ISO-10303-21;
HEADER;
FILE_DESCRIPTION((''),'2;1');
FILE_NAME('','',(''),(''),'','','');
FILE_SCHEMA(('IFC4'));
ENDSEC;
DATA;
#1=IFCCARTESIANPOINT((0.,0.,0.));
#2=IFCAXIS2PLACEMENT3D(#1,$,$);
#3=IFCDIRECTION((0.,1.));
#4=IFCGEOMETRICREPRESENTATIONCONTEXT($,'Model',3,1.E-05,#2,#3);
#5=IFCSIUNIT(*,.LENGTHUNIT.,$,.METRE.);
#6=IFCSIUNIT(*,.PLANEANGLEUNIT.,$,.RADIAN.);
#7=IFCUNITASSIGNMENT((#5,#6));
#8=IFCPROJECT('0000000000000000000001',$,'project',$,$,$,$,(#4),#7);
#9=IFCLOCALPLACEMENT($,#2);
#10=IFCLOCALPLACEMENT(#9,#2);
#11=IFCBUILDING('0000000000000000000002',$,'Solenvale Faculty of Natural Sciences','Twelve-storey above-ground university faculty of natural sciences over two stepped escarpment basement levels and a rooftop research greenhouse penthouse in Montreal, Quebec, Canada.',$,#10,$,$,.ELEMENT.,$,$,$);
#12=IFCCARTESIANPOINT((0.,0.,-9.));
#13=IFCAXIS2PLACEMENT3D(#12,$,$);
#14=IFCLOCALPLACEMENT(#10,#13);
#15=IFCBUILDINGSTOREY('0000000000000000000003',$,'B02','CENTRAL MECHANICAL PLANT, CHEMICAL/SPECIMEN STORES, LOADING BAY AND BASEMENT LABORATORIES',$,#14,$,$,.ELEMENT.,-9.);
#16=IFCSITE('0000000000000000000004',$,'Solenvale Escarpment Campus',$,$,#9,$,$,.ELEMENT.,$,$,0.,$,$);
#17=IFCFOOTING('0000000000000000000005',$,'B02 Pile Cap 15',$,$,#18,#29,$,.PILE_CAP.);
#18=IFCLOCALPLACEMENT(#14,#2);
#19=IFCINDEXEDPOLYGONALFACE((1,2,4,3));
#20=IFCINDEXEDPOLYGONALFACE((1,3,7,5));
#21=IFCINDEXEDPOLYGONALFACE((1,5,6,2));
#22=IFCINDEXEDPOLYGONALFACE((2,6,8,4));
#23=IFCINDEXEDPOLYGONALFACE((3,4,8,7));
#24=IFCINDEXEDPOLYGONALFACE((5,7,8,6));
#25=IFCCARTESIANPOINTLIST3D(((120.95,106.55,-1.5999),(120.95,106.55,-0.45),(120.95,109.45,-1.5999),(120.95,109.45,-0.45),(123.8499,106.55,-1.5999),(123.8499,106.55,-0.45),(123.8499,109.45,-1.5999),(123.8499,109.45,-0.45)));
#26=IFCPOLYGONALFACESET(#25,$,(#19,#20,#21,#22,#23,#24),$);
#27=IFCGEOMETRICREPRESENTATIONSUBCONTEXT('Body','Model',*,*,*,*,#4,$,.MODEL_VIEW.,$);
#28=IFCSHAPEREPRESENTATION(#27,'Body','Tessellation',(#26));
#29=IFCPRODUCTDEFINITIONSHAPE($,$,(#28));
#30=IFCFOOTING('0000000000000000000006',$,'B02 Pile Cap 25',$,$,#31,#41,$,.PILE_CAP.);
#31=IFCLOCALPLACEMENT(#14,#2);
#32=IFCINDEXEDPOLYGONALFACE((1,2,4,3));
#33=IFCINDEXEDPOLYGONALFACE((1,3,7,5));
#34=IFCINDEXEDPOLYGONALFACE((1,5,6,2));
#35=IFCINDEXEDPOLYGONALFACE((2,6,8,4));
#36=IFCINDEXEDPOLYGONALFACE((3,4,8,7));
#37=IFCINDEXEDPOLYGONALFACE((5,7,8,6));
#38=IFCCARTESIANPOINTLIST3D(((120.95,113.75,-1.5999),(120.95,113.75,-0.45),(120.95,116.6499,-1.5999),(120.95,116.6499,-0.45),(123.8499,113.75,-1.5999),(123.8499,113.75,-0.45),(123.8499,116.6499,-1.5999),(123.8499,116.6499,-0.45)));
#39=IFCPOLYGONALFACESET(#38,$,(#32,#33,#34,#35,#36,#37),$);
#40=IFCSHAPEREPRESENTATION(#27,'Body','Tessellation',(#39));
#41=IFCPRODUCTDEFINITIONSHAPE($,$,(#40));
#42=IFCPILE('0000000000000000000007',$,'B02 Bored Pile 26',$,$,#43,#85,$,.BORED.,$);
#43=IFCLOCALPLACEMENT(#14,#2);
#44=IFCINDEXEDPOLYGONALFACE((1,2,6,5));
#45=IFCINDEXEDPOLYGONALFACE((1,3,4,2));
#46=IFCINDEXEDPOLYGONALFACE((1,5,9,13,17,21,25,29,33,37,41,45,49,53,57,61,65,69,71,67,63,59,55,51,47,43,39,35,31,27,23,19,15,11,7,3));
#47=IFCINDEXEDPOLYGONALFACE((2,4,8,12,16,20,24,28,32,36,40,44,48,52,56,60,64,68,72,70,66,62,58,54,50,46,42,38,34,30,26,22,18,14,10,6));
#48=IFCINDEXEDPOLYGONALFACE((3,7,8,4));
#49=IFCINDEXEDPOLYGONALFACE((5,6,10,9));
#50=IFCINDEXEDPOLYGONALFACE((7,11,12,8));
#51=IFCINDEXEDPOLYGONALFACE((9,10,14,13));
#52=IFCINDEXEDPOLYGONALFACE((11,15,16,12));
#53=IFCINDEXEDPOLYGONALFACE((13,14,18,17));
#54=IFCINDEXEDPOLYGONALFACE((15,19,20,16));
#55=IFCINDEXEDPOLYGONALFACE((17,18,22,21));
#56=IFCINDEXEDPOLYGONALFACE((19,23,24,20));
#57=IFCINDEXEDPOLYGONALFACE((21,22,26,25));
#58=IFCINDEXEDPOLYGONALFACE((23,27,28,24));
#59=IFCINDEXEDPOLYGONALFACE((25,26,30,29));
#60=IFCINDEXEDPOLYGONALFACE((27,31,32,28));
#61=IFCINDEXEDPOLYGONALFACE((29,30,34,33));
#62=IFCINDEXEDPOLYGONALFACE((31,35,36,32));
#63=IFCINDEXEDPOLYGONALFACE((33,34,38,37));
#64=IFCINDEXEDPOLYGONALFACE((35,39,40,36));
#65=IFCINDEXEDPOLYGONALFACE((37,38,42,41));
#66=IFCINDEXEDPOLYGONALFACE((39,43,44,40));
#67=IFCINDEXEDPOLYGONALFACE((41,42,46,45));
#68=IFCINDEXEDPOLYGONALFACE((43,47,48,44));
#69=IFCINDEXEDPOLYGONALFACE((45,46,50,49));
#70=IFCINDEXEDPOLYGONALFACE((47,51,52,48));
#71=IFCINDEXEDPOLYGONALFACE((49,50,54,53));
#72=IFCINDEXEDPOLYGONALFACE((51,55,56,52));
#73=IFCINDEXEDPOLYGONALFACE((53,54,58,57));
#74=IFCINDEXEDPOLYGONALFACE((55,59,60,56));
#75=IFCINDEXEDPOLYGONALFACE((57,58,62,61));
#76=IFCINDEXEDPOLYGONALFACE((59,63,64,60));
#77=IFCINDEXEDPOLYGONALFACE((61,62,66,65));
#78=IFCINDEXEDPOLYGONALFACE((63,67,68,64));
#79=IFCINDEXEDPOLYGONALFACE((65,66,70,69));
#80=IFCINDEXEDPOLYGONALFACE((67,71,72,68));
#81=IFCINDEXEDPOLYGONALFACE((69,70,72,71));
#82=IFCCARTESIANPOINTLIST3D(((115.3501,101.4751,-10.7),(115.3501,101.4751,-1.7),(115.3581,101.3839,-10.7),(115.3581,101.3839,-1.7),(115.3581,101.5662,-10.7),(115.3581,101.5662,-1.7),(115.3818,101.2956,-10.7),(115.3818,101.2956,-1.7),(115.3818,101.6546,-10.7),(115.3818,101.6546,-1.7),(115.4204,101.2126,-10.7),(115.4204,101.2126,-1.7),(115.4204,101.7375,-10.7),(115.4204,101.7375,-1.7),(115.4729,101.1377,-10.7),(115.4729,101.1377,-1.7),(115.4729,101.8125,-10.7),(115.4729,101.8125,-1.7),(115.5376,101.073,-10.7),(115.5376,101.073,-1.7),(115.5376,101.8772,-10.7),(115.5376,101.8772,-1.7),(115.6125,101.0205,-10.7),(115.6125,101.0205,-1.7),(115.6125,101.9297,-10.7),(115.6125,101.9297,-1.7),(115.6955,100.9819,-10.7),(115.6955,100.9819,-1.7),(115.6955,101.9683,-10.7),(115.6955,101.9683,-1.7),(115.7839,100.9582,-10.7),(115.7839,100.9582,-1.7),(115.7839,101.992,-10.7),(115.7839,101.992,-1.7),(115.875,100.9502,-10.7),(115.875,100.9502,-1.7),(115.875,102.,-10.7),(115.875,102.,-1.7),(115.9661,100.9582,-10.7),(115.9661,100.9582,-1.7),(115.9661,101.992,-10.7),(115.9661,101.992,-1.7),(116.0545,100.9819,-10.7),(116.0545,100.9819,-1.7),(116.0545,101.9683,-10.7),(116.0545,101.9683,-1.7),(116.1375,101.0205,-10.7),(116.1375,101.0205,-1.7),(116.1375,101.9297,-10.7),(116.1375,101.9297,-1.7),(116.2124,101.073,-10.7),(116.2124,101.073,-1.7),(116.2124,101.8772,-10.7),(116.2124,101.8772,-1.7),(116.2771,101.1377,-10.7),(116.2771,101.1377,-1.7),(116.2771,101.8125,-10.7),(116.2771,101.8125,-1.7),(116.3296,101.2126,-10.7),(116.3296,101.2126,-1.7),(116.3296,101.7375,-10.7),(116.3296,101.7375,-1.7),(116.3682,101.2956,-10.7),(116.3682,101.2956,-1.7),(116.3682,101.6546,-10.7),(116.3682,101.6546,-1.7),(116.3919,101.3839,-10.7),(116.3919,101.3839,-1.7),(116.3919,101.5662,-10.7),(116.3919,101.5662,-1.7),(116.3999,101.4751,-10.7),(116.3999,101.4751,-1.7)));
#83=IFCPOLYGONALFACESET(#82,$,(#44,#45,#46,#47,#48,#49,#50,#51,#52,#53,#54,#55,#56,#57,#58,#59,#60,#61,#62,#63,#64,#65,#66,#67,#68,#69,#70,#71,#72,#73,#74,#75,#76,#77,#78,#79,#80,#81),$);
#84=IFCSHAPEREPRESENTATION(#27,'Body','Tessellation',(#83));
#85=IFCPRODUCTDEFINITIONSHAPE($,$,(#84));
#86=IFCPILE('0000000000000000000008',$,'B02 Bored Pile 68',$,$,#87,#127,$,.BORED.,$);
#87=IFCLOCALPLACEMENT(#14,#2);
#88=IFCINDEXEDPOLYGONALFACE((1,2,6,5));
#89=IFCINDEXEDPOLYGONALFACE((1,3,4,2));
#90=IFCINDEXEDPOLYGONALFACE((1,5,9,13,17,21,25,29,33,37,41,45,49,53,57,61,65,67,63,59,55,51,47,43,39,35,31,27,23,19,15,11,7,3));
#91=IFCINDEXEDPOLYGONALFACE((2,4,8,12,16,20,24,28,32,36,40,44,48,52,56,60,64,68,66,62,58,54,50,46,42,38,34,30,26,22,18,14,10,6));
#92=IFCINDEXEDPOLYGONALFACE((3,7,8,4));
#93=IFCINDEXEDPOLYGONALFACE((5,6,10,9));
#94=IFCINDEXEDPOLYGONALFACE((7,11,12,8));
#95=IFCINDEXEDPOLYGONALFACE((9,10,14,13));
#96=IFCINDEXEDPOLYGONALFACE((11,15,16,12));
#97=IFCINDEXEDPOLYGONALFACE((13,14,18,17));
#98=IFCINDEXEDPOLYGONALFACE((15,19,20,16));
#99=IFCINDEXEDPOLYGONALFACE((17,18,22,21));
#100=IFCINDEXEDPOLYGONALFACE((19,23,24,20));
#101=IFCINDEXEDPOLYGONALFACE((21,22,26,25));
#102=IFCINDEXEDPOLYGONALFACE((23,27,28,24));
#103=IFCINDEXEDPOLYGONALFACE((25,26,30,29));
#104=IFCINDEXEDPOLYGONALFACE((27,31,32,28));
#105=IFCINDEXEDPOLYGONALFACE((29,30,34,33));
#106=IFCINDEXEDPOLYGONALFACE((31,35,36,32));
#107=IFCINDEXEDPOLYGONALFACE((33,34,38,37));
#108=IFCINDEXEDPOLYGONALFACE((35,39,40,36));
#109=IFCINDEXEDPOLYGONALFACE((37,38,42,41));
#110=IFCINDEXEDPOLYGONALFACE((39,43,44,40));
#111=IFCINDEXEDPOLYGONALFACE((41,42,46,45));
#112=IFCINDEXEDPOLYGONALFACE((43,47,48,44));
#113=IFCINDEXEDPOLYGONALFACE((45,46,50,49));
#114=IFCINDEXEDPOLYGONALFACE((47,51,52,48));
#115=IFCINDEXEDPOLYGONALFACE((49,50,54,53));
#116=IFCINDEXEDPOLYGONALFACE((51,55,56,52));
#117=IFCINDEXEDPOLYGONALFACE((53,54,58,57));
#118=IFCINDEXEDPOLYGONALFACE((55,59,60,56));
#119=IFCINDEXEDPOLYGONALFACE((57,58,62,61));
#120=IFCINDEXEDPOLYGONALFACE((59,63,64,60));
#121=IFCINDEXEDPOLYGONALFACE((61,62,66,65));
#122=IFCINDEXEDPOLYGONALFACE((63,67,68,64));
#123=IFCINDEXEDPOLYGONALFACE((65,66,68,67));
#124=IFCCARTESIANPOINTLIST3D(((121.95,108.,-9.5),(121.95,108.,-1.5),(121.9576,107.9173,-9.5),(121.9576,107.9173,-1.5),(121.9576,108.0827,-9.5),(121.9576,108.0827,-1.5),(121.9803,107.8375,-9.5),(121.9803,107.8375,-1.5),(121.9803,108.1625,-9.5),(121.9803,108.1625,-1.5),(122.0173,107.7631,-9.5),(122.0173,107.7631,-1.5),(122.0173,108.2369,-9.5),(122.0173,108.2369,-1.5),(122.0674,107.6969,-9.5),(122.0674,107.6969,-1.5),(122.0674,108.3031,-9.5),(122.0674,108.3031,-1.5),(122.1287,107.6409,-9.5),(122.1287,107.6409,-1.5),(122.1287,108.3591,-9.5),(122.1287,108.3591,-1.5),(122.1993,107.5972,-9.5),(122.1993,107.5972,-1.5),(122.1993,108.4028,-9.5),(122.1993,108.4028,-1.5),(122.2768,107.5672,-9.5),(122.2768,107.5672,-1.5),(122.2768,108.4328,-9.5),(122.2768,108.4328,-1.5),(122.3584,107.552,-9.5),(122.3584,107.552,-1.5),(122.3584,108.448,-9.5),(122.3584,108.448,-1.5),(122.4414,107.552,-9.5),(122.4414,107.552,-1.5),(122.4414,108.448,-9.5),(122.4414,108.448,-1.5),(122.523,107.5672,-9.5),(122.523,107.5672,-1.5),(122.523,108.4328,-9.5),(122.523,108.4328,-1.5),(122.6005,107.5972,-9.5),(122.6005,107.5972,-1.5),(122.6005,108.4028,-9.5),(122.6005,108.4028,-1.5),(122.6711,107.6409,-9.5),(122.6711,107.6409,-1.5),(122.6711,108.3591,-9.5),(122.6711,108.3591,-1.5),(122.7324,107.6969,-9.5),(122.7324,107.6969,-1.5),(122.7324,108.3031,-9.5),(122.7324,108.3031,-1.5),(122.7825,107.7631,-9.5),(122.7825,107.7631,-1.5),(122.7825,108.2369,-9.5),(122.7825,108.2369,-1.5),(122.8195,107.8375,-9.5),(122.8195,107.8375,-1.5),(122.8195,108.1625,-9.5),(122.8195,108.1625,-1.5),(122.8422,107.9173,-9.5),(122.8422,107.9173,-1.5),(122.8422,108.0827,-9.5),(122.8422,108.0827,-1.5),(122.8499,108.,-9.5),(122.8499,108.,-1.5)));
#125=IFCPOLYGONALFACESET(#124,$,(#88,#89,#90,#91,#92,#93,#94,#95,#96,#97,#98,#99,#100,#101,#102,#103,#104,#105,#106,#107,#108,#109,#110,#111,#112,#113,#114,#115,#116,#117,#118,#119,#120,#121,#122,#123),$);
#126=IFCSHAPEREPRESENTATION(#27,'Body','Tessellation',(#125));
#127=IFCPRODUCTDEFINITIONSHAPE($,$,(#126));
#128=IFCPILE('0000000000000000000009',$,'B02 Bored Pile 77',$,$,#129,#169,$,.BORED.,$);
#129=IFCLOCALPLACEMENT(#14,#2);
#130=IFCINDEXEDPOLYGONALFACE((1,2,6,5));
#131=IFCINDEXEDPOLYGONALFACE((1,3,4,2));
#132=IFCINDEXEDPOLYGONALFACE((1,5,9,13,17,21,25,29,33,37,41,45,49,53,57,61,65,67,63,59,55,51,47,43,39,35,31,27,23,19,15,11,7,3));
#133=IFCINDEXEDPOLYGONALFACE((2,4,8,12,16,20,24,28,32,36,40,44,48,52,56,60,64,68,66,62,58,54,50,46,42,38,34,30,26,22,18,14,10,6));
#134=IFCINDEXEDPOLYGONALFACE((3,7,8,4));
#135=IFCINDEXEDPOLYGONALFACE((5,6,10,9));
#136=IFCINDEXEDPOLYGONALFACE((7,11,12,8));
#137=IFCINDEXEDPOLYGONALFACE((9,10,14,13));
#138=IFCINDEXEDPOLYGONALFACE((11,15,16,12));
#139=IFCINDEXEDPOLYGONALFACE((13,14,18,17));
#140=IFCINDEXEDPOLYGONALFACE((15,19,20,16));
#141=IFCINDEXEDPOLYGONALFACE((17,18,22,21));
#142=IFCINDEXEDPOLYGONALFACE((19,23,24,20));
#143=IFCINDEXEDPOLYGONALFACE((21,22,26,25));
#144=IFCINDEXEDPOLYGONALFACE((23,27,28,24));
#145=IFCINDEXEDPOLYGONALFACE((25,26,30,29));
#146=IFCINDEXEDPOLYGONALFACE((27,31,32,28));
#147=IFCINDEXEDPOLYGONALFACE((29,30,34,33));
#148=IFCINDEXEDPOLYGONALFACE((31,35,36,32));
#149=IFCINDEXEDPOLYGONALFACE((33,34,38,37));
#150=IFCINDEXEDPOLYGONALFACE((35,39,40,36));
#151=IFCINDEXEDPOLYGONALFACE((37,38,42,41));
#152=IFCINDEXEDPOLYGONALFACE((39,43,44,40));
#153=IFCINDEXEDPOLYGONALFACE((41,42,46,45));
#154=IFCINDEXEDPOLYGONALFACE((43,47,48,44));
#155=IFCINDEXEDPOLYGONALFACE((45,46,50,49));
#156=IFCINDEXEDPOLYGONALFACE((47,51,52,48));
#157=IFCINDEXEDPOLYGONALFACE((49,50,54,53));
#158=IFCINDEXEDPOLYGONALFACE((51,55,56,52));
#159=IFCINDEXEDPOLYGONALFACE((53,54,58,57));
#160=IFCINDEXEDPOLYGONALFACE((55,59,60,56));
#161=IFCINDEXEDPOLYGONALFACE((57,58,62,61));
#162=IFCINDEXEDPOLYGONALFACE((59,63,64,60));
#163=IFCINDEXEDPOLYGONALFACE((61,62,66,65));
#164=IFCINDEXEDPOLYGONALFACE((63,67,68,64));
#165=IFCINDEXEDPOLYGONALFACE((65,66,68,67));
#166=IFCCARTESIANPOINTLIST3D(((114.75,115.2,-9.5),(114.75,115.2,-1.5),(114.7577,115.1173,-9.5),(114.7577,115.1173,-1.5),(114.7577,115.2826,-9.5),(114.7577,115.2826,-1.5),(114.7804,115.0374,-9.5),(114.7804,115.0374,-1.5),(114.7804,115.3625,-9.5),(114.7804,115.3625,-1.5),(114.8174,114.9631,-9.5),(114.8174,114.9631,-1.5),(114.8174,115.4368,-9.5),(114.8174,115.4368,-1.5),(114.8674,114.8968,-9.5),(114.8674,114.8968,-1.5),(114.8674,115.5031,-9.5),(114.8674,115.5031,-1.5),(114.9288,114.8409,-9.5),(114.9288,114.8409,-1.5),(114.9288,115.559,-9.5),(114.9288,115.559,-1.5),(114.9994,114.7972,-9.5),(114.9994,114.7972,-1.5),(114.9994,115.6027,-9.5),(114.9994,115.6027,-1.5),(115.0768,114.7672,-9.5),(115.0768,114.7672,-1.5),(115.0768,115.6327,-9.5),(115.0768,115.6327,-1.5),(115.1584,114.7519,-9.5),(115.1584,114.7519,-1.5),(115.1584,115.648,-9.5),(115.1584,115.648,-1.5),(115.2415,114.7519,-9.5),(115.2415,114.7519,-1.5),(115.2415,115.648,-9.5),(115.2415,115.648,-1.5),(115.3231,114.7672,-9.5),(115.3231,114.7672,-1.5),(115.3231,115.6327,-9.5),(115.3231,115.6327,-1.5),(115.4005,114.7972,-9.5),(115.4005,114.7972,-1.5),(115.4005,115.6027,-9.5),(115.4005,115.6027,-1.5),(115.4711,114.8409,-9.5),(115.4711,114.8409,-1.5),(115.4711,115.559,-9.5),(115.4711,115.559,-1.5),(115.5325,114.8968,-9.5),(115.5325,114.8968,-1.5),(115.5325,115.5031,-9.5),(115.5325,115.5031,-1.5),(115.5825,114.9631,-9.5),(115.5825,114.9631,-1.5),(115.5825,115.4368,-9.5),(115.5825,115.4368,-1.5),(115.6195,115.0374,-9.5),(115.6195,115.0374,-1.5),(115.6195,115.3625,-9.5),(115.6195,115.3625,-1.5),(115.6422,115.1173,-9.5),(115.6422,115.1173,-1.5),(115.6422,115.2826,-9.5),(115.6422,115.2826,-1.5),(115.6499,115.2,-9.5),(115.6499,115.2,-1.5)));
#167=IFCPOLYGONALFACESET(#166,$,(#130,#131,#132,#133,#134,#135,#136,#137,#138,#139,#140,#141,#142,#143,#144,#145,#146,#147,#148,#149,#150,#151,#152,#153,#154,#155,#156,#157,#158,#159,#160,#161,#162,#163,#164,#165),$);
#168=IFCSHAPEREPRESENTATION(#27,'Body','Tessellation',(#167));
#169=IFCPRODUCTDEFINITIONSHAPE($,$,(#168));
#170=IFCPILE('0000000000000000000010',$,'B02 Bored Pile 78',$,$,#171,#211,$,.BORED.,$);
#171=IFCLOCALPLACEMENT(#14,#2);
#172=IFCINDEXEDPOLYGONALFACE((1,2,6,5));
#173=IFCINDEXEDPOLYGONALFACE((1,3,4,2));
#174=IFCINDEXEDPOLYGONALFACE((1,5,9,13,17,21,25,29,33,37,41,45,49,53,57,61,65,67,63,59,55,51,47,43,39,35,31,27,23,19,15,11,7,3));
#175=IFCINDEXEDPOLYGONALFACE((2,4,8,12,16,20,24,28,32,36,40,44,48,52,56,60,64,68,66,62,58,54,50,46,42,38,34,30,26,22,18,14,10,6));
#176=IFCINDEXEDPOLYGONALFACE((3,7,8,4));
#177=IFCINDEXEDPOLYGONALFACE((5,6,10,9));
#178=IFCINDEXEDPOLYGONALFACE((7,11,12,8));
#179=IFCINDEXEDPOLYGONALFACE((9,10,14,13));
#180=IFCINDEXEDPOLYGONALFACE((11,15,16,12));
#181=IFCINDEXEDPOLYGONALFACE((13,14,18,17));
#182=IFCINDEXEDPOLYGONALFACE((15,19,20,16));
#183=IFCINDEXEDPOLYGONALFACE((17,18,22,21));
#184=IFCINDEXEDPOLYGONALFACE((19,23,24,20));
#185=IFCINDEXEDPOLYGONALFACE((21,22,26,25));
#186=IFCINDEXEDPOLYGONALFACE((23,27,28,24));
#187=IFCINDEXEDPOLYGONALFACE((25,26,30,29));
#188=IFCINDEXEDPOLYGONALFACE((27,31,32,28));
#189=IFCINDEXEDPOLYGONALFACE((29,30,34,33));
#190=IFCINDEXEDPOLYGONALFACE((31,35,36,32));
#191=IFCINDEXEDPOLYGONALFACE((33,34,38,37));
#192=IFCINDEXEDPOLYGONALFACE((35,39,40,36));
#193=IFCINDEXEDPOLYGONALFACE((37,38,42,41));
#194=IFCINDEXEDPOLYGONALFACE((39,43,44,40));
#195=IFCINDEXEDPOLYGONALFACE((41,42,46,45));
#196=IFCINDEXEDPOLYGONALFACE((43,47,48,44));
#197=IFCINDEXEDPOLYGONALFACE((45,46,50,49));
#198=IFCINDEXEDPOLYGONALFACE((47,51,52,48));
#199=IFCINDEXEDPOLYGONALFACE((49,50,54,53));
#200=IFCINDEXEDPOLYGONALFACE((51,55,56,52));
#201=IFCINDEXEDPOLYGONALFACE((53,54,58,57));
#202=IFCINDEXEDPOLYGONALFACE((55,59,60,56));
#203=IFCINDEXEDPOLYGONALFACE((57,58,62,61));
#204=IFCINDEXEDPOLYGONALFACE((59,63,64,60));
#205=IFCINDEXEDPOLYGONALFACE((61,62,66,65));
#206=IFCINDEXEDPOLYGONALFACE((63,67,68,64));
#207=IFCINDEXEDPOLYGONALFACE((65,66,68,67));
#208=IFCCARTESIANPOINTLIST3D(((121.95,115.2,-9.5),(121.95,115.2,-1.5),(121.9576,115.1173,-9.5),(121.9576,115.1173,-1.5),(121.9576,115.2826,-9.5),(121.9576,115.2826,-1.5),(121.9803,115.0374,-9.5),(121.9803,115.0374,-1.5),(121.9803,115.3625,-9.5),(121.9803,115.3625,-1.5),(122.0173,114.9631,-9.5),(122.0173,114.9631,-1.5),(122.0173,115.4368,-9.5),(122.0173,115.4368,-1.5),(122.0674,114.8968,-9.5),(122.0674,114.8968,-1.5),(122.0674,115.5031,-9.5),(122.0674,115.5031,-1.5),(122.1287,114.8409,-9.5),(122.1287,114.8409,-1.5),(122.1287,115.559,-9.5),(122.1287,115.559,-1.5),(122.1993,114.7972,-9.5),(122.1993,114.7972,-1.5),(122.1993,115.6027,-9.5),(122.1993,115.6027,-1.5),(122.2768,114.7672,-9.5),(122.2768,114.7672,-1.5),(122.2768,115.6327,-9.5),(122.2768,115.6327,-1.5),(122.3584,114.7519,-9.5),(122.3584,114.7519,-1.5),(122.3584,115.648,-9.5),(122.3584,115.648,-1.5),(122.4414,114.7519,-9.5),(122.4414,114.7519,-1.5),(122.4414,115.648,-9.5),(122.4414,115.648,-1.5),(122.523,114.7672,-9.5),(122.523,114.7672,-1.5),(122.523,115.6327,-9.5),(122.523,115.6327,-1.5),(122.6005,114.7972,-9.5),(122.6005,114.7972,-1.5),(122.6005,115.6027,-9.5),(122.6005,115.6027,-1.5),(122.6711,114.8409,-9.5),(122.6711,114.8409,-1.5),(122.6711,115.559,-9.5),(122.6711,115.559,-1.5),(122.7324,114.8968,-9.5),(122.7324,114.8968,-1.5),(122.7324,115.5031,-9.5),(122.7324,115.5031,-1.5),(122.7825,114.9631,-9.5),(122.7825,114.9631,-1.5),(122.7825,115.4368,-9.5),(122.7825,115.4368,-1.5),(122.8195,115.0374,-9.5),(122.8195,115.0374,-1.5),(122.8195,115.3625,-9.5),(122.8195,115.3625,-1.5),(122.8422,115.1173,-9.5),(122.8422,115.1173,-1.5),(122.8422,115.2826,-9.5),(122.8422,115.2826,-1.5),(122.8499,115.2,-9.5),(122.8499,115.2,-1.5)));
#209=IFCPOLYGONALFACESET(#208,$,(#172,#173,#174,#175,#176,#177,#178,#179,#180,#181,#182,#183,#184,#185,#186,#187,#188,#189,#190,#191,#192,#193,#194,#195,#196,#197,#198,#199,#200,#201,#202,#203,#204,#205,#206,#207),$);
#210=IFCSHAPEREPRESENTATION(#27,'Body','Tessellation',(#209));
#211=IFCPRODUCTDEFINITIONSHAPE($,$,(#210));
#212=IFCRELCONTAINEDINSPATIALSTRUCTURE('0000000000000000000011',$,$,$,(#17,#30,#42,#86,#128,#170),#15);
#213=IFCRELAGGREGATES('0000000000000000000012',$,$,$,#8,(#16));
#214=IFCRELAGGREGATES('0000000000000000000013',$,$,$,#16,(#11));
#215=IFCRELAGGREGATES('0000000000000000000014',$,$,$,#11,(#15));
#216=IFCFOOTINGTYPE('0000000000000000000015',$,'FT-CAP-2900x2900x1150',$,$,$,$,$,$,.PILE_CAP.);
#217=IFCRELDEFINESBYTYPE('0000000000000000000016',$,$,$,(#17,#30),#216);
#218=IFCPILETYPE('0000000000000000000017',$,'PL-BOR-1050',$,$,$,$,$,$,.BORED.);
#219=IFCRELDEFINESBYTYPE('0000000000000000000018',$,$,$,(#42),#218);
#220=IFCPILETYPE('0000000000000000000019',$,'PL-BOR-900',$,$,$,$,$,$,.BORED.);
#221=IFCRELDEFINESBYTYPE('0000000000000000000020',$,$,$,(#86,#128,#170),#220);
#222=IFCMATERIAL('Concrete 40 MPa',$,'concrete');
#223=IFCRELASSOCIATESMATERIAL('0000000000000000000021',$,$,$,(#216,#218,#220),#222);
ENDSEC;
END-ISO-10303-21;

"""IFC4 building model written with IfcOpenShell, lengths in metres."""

from ifc_helpers import new_model, si_unit, direction, frame, origin, origin_2d, place, context, subcontext, project, spatial, rectangle, circle, extrude, material, material_profile, profile_set, type_object, element, save


model = new_model("IFC4")

# Units and contexts
model_context = context("Model", 3, precision=1e-05, world=origin(), true_north=direction((0.0, 1.0)))
body_context = subcontext(model_context, "Body", "Model", "MODEL_VIEW")
ifc_project = project(units=[si_unit("LENGTHUNIT", "METRE"), si_unit("PLANEANGLEUNIT", "RADIAN")], contexts=[model_context])

# Site, building, storey
site_placement = place(None, origin())
site = spatial("IfcSite", under=ifc_project, at=site_placement, Name="Solenvale Escarpment Campus", CompositionType="ELEMENT", RefElevation=0.0)
building_placement = place(site_placement, origin())
building = spatial("IfcBuilding", under=site, at=building_placement, Name="Solenvale Faculty of Natural Sciences", Description="Twelve-storey above-ground university faculty of natural sciences over two stepped escarpment basement levels and a rooftop research greenhouse penthouse in Montreal, Quebec, Canada.", CompositionType="ELEMENT")
storey_placement = place(building_placement, frame((0.0, 0.0, -9.0)))
storey = spatial("IfcBuildingStorey", under=building, at=storey_placement, Name="B02", Description="CENTRAL MECHANICAL PLANT, CHEMICAL/SPECIMEN STORES, LOADING BAY AND BASEMENT LABORATORIES", CompositionType="ELEMENT", Elevation=-9.0)

# Footings
ifc_material_1 = material(Name="Concrete 40 MPa", Category="concrete")
footing_type = type_object("IfcFootingType", Name="FT-CAP-2900x2900x1150", PredefinedType="PILE_CAP", material=ifc_material_1)
for number, where, z_axis, x_axis, name in (
    (1, (122.3999, 108.0, -1.5999), (0.0, 0.0, 1.0), (1.0, 0.0, 0.0), "B02 Pile Cap 15"),
    (2, (122.3999, 115.2, -1.5999), (0.0, 0.0, 1.0), (1.0, 0.0, 0.0), "B02 Pile Cap 25"),
):
    element("IfcFooting", number, at=place(storey_placement, frame(where, z_axis=z_axis, x_axis=x_axis)), inside=storey, type_object=footing_type, Name=name, PredefinedType="PILE_CAP", context=body_context, shape_type="SweptSolid", body=[
        extrude(rectangle(XDim=2.8999, YDim=2.8999, at=origin_2d()), origin(), (0.0, 0.0, 1.0), 1.1499),
    ])

# Piles
ifc_material_profile_1 = material_profile(ifc_material_1, circle(Radius=0.5249, at=origin_2d()), Name="PILE-D1050")
ifc_profile_set_1 = profile_set([ifc_material_profile_1], Name="Concrete 40 MPa")
pile_type_1 = type_object("IfcPileType", Name="PL-BOR-1050", PredefinedType="BORED", material=ifc_profile_set_1)
pile_placement = place(storey_placement, frame((115.875, 101.4751, -1.7), z_axis=(0.0, 0.0, -1.0), x_axis=(1.0, 0.0, 0.0)))
element("IfcPile", 3, at=pile_placement, inside=storey, type_object=pile_type_1, Name="B02 Bored Pile 26", PredefinedType="BORED", context=body_context, shape_type="SweptSolid", body=[
    extrude(circle(Radius=0.5249, at=origin_2d()), origin(), (0.0, 0.0, 1.0), 9.0),
])
ifc_material_profile_2 = material_profile(ifc_material_1, circle(Radius=0.45, at=origin_2d()), Name="PILE-D900")
ifc_profile_set_2 = profile_set([ifc_material_profile_2], Name="Concrete 40 MPa")
pile_type_2 = type_object("IfcPileType", Name="PL-BOR-900", PredefinedType="BORED", material=ifc_profile_set_2)
for number, where, z_axis, x_axis, name in (
    (4, (122.3999, 108.0, -1.5), (0.0, 0.0, -1.0), (1.0, 0.0, 0.0), "B02 Bored Pile 68"),
    (5, (115.2, 115.2, -1.5), (0.0, 0.0, -1.0), (1.0, 0.0, 0.0), "B02 Bored Pile 77"),
    (6, (122.3999, 115.2, -1.5), (0.0, 0.0, -1.0), (1.0, 0.0, 0.0), "B02 Bored Pile 78"),
):
    element("IfcPile", number, at=place(storey_placement, frame(where, z_axis=z_axis, x_axis=x_axis)), inside=storey, type_object=pile_type_2, Name=name, PredefinedType="BORED", context=body_context, shape_type="SweptSolid", body=[
        extrude(circle(Radius=0.45, at=origin_2d()), origin(), (0.0, 0.0, 1.0), 8.0),
    ])

save(model, "model.ifc")
